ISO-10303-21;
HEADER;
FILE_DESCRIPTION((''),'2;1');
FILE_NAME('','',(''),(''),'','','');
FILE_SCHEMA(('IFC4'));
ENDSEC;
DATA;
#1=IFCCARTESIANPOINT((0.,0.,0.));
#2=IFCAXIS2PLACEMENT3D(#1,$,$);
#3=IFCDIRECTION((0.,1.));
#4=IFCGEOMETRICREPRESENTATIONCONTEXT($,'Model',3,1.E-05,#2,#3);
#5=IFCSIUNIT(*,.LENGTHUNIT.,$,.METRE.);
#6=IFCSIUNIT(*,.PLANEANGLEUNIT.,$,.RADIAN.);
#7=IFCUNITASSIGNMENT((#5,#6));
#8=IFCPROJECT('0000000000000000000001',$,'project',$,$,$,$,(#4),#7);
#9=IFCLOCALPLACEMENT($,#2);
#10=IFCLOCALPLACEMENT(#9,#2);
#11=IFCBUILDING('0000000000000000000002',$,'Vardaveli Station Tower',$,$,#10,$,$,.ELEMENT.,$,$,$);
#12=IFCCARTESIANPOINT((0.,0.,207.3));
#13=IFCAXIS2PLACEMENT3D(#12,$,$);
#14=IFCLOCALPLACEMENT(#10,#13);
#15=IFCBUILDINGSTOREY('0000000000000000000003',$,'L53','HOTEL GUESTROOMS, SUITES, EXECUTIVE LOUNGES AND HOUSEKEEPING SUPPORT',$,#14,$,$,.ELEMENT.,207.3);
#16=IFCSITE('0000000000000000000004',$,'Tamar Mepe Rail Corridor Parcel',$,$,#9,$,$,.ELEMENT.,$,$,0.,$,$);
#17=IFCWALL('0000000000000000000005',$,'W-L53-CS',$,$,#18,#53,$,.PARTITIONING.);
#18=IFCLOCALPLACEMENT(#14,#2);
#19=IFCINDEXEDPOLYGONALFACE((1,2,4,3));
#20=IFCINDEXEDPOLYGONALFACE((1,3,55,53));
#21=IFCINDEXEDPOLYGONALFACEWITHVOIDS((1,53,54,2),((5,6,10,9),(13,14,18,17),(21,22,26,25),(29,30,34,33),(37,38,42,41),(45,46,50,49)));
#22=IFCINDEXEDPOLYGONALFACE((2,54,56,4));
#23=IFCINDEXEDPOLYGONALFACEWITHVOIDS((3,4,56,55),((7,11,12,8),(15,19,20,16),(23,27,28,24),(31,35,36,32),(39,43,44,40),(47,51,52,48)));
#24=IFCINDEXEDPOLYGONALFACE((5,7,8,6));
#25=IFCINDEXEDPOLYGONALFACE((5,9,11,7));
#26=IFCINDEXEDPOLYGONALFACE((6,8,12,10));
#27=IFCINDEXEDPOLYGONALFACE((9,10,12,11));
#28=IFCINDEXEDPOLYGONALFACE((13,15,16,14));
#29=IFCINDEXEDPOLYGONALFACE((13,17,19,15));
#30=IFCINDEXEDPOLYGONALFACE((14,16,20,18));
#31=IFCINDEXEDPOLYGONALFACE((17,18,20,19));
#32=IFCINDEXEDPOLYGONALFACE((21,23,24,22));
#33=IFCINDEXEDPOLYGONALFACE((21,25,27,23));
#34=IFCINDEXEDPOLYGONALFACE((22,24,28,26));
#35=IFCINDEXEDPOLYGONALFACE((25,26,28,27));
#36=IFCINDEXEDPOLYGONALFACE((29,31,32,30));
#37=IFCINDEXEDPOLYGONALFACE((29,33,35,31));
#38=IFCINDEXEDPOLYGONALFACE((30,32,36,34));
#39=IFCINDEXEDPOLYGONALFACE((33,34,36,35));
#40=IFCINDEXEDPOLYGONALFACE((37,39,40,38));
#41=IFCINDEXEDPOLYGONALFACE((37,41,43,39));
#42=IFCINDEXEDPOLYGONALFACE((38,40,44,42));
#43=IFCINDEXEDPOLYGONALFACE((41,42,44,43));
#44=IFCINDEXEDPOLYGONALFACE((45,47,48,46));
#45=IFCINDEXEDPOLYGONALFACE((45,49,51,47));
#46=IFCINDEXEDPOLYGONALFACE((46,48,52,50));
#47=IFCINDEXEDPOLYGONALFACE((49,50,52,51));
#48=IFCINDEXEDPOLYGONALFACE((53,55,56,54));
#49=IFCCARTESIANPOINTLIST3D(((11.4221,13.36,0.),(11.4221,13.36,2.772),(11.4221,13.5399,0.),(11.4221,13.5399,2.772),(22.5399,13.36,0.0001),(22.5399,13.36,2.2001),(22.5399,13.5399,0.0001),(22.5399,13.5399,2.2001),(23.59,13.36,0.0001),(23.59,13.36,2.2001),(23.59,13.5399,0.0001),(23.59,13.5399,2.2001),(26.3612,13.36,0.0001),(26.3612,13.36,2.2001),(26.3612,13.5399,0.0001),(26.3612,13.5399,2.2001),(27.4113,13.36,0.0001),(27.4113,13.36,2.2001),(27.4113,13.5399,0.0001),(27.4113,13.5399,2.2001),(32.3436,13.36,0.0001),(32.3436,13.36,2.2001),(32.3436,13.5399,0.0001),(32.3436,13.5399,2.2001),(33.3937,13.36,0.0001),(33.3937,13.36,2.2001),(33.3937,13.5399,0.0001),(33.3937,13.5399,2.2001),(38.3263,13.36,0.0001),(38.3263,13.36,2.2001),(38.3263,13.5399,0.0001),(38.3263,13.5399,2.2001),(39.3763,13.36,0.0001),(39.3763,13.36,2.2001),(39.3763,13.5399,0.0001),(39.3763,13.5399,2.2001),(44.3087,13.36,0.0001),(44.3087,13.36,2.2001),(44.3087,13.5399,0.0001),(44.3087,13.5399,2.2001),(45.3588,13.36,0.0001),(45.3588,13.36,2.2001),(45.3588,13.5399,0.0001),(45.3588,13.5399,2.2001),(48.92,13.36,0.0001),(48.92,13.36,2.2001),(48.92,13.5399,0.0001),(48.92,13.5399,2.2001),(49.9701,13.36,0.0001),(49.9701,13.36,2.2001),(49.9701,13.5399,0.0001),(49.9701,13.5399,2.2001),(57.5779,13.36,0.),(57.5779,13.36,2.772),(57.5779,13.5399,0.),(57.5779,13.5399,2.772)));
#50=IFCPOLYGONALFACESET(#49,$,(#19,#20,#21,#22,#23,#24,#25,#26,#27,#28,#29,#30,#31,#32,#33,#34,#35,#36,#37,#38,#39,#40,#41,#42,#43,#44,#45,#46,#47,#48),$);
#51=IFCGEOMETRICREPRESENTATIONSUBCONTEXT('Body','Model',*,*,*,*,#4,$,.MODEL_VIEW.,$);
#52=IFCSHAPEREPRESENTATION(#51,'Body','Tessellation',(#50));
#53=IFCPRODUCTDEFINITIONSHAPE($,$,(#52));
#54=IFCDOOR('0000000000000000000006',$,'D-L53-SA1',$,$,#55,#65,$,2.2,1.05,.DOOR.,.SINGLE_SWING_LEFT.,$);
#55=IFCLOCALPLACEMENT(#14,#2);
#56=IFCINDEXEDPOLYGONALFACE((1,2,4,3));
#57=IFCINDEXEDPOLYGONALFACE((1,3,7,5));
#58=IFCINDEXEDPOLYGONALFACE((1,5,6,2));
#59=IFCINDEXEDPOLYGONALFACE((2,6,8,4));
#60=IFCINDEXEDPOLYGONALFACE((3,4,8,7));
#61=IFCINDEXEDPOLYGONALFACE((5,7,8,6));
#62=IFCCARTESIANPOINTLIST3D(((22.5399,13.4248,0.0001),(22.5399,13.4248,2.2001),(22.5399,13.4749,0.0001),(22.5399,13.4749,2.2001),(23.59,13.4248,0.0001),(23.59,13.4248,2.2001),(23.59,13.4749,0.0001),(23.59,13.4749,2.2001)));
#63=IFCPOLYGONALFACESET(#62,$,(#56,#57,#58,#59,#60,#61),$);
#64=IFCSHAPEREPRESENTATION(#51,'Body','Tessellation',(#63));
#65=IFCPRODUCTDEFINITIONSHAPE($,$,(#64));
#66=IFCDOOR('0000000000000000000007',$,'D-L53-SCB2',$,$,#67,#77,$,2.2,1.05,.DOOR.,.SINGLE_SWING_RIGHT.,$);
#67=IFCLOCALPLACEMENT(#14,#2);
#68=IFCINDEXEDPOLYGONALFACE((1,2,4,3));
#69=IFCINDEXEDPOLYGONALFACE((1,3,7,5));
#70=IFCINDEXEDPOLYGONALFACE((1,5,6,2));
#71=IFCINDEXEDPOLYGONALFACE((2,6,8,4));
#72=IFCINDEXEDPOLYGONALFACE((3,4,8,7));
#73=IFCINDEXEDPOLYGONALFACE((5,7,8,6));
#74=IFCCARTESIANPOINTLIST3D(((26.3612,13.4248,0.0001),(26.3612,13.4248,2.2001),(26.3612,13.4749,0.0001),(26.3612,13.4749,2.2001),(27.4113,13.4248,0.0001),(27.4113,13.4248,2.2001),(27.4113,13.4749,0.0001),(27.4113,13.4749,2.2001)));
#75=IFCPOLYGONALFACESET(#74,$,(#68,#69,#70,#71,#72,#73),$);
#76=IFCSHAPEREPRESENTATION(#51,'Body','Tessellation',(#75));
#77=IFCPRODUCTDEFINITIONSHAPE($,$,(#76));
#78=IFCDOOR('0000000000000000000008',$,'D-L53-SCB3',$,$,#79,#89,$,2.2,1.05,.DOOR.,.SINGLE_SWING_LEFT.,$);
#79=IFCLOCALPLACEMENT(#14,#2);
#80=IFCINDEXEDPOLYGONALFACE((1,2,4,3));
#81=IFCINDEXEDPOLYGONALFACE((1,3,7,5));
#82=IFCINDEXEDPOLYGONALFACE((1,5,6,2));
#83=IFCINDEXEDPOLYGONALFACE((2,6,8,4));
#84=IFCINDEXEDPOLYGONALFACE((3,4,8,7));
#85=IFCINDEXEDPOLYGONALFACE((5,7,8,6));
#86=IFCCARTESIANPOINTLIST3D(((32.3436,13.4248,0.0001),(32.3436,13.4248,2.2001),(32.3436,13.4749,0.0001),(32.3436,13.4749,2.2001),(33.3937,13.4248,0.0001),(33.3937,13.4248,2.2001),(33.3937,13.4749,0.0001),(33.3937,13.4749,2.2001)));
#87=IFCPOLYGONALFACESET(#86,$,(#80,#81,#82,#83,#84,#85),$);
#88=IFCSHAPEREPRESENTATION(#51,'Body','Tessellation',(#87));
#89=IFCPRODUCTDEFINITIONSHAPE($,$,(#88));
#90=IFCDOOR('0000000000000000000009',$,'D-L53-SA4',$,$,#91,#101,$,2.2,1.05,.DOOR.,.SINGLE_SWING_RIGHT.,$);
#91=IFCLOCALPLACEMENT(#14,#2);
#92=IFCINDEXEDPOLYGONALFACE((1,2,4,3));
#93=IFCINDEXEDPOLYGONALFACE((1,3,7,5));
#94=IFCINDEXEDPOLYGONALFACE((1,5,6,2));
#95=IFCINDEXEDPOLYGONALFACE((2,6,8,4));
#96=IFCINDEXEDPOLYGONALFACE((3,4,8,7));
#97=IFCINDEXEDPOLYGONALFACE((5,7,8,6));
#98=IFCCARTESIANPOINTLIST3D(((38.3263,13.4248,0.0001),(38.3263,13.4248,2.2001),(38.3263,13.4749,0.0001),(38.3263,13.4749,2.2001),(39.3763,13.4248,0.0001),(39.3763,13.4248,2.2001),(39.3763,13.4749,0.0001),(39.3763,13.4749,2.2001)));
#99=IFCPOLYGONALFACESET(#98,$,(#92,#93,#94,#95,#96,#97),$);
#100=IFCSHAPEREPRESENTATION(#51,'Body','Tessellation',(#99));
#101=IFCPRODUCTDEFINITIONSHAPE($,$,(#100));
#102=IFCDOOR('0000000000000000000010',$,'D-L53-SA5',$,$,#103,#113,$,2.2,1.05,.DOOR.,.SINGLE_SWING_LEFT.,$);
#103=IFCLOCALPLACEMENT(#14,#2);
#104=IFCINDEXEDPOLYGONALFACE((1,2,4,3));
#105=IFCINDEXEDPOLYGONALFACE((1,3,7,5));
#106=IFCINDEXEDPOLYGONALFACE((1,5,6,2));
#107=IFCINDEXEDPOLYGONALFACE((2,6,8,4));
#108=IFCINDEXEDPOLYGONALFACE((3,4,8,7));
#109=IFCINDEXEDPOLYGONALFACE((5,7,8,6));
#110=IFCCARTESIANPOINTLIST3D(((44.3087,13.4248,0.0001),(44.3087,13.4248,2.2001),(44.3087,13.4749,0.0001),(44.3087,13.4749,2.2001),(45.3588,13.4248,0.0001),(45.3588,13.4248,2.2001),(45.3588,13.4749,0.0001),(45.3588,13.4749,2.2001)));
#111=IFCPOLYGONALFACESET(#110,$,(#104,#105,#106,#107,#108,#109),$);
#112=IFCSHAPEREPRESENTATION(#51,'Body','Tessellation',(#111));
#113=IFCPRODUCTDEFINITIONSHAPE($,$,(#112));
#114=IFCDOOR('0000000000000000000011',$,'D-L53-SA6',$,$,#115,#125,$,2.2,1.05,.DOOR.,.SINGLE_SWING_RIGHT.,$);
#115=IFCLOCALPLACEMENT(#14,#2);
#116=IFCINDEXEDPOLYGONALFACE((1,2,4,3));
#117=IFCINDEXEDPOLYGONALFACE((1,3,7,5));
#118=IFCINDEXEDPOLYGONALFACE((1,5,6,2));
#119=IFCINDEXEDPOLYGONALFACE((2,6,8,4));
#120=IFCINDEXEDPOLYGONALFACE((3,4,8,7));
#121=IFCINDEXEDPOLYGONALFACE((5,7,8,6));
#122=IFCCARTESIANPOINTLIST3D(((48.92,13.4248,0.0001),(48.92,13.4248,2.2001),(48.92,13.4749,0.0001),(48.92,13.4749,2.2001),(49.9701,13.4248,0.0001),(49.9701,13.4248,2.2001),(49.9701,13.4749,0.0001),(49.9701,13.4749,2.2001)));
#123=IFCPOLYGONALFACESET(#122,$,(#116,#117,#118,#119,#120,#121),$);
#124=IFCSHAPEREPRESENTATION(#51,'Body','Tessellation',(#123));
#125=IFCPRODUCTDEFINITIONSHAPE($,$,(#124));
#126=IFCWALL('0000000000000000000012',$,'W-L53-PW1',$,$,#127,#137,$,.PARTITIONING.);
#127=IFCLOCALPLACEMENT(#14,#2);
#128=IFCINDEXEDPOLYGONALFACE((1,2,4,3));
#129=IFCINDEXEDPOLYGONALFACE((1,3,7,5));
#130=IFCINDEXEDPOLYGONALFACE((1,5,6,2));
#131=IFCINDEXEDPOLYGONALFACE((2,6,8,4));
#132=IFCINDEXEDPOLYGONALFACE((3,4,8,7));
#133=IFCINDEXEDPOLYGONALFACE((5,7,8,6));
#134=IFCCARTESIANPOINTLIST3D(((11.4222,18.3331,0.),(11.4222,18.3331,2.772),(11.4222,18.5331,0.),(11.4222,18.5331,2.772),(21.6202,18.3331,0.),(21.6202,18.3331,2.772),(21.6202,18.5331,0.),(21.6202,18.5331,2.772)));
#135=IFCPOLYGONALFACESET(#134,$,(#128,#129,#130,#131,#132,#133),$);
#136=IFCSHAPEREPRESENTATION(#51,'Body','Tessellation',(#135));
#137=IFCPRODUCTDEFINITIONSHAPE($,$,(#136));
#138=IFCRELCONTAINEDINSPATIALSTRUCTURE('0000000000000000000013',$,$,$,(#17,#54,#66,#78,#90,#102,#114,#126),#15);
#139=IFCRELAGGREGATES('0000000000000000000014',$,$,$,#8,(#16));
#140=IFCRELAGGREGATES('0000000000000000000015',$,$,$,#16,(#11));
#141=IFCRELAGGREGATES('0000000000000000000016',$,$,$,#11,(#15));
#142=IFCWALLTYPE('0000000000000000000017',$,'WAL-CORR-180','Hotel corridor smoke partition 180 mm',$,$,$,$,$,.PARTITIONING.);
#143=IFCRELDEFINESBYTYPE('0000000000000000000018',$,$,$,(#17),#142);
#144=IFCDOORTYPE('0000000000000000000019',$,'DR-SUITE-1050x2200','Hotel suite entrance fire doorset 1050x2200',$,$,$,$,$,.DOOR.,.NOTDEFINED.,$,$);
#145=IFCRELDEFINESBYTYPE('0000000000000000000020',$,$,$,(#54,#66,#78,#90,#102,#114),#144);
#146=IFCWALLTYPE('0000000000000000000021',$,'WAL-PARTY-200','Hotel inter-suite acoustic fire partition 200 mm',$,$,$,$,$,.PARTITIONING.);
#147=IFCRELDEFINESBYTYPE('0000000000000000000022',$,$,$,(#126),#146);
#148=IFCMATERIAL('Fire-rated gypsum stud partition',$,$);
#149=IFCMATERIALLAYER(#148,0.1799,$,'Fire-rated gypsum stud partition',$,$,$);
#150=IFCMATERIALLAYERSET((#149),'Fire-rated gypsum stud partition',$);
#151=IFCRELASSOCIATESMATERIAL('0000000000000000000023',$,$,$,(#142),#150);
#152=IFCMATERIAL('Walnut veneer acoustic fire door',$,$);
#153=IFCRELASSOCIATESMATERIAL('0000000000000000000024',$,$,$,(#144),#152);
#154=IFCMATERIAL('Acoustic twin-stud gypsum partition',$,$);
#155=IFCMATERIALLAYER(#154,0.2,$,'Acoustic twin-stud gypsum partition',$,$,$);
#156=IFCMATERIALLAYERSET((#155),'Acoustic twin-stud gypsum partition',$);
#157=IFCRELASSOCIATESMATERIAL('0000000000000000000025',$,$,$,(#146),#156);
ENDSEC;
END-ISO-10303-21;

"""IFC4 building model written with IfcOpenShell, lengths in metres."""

from ifc_helpers import new_model, si_unit, direction, frame, frame_2d, origin, place, context, subcontext, project, spatial, rectangle, extrude, source, transform, mapped, material, layer, layer_set, type_object, element, fill, save


model = new_model("IFC4")

# Units and contexts
model_context = context("Model", 3, precision=1e-05, world=origin(), true_north=direction((0.0, 1.0)))
body_context = subcontext(model_context, "Body", "Model", "MODEL_VIEW")
ifc_project = project(units=[si_unit("LENGTHUNIT", "METRE"), si_unit("PLANEANGLEUNIT", "RADIAN")], contexts=[model_context])

# Site, building, storey
site_placement = place(None, origin())
site = spatial("IfcSite", under=ifc_project, at=site_placement, Name="Tamar Mepe Rail Corridor Parcel", CompositionType="ELEMENT", RefElevation=0.0)
building_placement = place(site_placement, origin())
building = spatial("IfcBuilding", under=site, at=building_placement, Name="Vardaveli Station Tower", CompositionType="ELEMENT")
storey_placement = place(building_placement, frame((0.0, 0.0, 207.3)))
storey = spatial("IfcBuildingStorey", under=building, at=storey_placement, Name="L53", Description="HOTEL GUESTROOMS, SUITES, EXECUTIVE LOUNGES AND HOUSEKEEPING SUPPORT", CompositionType="ELEMENT", Elevation=207.3)

# Wall, openings, doors
ifc_material_1 = material(Name="Fire-rated gypsum stud partition")
ifc_layer_1 = layer(ifc_material_1, 0.1799, Name="Fire-rated gypsum stud partition")
ifc_layer_set_1 = layer_set([ifc_layer_1], Name="Fire-rated gypsum stud partition")
wall_type_1 = type_object("IfcWallType", Name="WAL-CORR-180", Description="Hotel corridor smoke partition 180 mm", PredefinedType="PARTITIONING", material=ifc_layer_set_1)
shared_shape_1 = source(origin(), body_context, "Body", "SweptSolid", [
    extrude(rectangle(XDim=46.1558, YDim=0.1799, at=frame_2d((23.0779, 0.0))), origin(), (0.0, 0.0, 1.0), 2.772),
])
wall_1_placement = place(storey_placement, frame((11.4221, 13.45, 0.0), z_axis=(0.0, 0.0, 1.0), x_axis=(1.0, 0.0, 0.0)))
wall_1 = element("IfcWall", 1, at=wall_1_placement, inside=storey, type_object=wall_type_1, Name="W-L53-CS", PredefinedType="PARTITIONING", context=body_context, shape_type="MappedRepresentation", body=[
    mapped(shared_shape_1, transform((0.0, 0.0, 0.0), scale=1.0)),
])
shared_shape_2 = source(origin(), body_context, "Body", "SweptSolid", [
    extrude(rectangle(XDim=1.05, YDim=2.2, at=frame_2d((0.5249, 1.1001))), frame((0.0, 0.1001, 0.0), z_axis=(0.0, -1.0, 0.0), x_axis=(1.0, 0.0, 0.0)), (0.0, 0.0, 1.0), 0.2),
])
opening_1_placement = place(wall_1_placement, frame((11.1179, 0.0, 0.0)))
opening_1 = element("IfcOpeningElement", 2, at=opening_1_placement, cuts=wall_1, PredefinedType="OPENING", context=body_context, shape_type="MappedRepresentation", body=[
    mapped(shared_shape_2, transform((0.0, 0.0, 0.0), scale=1.0)),
])
opening_2_placement = place(wall_1_placement, frame((14.9392, 0.0, 0.0)))
opening_2 = element("IfcOpeningElement", 3, at=opening_2_placement, cuts=wall_1, PredefinedType="OPENING", context=body_context, shape_type="MappedRepresentation", body=[
    mapped(shared_shape_2, transform((0.0, 0.0, 0.0), scale=1.0)),
])
opening_3_placement = place(wall_1_placement, frame((20.9216, 0.0, 0.0)))
opening_3 = element("IfcOpeningElement", 4, at=opening_3_placement, cuts=wall_1, PredefinedType="OPENING", context=body_context, shape_type="MappedRepresentation", body=[
    mapped(shared_shape_2, transform((0.0, 0.0, 0.0), scale=1.0)),
])
opening_4_placement = place(wall_1_placement, frame((26.9043, 0.0, 0.0)))
opening_4 = element("IfcOpeningElement", 5, at=opening_4_placement, cuts=wall_1, PredefinedType="OPENING", context=body_context, shape_type="MappedRepresentation", body=[
    mapped(shared_shape_2, transform((0.0, 0.0, 0.0), scale=1.0)),
])
opening_5_placement = place(wall_1_placement, frame((32.8867, 0.0, 0.0)))
opening_5 = element("IfcOpeningElement", 6, at=opening_5_placement, cuts=wall_1, PredefinedType="OPENING", context=body_context, shape_type="MappedRepresentation", body=[
    mapped(shared_shape_2, transform((0.0, 0.0, 0.0), scale=1.0)),
])
opening_6_placement = place(wall_1_placement, frame((37.498, 0.0, 0.0)))
opening_6 = element("IfcOpeningElement", 7, at=opening_6_placement, cuts=wall_1, PredefinedType="OPENING", context=body_context, shape_type="MappedRepresentation", body=[
    mapped(shared_shape_2, transform((0.0, 0.0, 0.0), scale=1.0)),
])
ifc_material_2 = material(Name="Walnut veneer acoustic fire door")
door_type_1 = type_object("IfcDoorType", Name="DR-SUITE-1050x2200", Description="Hotel suite entrance fire doorset 1050x2200", OperationType="NOTDEFINED", PredefinedType="DOOR", material=ifc_material_2)
shared_shape_3 = source(origin(), body_context, "Body", "SweptSolid", [
    extrude(rectangle(XDim=1.05, YDim=2.2, at=frame_2d((0.5249, 1.1001))), frame((0.0, 0.0249, 0.0), z_axis=(0.0, -1.0, 0.0), x_axis=(1.0, 0.0, 0.0)), (0.0, 0.0, 1.0), 0.05),
])
door_1_placement = place(opening_1_placement, origin())
door_1 = element("IfcDoor", 8, at=door_1_placement, inside=storey, type_object=door_type_1, Name="D-L53-SA1", OperationType="SINGLE_SWING_LEFT", OverallHeight=2.2, OverallWidth=1.05, PredefinedType="DOOR", context=body_context, shape_type="MappedRepresentation", body=[
    mapped(shared_shape_3, transform((0.0, 0.0, 0.0), scale=1.0)),
])
fill(opening_1, door_1)
door_2_placement = place(opening_2_placement, origin())
door_2 = element("IfcDoor", 9, at=door_2_placement, inside=storey, type_object=door_type_1, Name="D-L53-SCB2", OperationType="SINGLE_SWING_RIGHT", OverallHeight=2.2, OverallWidth=1.05, PredefinedType="DOOR", context=body_context, shape_type="MappedRepresentation", body=[
    mapped(shared_shape_3, transform((0.0, 0.0, 0.0), scale=1.0)),
])
fill(opening_2, door_2)
door_3_placement = place(opening_3_placement, origin())
door_3 = element("IfcDoor", 10, at=door_3_placement, inside=storey, type_object=door_type_1, Name="D-L53-SCB3", OperationType="SINGLE_SWING_LEFT", OverallHeight=2.2, OverallWidth=1.05, PredefinedType="DOOR", context=body_context, shape_type="MappedRepresentation", body=[
    mapped(shared_shape_3, transform((0.0, 0.0, 0.0), scale=1.0)),
])
fill(opening_3, door_3)
door_4_placement = place(opening_4_placement, origin())
door_4 = element("IfcDoor", 11, at=door_4_placement, inside=storey, type_object=door_type_1, Name="D-L53-SA4", OperationType="SINGLE_SWING_RIGHT", OverallHeight=2.2, OverallWidth=1.05, PredefinedType="DOOR", context=body_context, shape_type="MappedRepresentation", body=[
    mapped(shared_shape_3, transform((0.0, 0.0, 0.0), scale=1.0)),
])
fill(opening_4, door_4)
door_5_placement = place(opening_5_placement, origin())
door_5 = element("IfcDoor", 12, at=door_5_placement, inside=storey, type_object=door_type_1, Name="D-L53-SA5", OperationType="SINGLE_SWING_LEFT", OverallHeight=2.2, OverallWidth=1.05, PredefinedType="DOOR", context=body_context, shape_type="MappedRepresentation", body=[
    mapped(shared_shape_3, transform((0.0, 0.0, 0.0), scale=1.0)),
])
fill(opening_5, door_5)
door_6_placement = place(opening_6_placement, origin())
door_6 = element("IfcDoor", 13, at=door_6_placement, inside=storey, type_object=door_type_1, Name="D-L53-SA6", OperationType="SINGLE_SWING_RIGHT", OverallHeight=2.2, OverallWidth=1.05, PredefinedType="DOOR", context=body_context, shape_type="MappedRepresentation", body=[
    mapped(shared_shape_3, transform((0.0, 0.0, 0.0), scale=1.0)),
])
fill(opening_6, door_6)

# Wall
ifc_material_3 = material(Name="Acoustic twin-stud gypsum partition")
ifc_layer_2 = layer(ifc_material_3, 0.2, Name="Acoustic twin-stud gypsum partition")
ifc_layer_set_2 = layer_set([ifc_layer_2], Name="Acoustic twin-stud gypsum partition")
wall_type_2 = type_object("IfcWallType", Name="WAL-PARTY-200", Description="Hotel inter-suite acoustic fire partition 200 mm", PredefinedType="PARTITIONING", material=ifc_layer_set_2)
shared_shape_4 = source(origin(), body_context, "Body", "SweptSolid", [
    extrude(rectangle(XDim=10.198, YDim=0.2, at=frame_2d((5.0991, 0.0))), origin(), (0.0, 0.0, 1.0), 2.772),
])
wall_2_placement = place(storey_placement, frame((11.4221, 18.4331, 0.0), z_axis=(0.0, 0.0, 1.0), x_axis=(1.0, 0.0, 0.0)))
element("IfcWall", 14, at=wall_2_placement, inside=storey, type_object=wall_type_2, Name="W-L53-PW1", PredefinedType="PARTITIONING", context=body_context, shape_type="MappedRepresentation", body=[
    mapped(shared_shape_4, transform((0.0, 0.0, 0.0), scale=1.0)),
])

save(model, "model.ifc")
